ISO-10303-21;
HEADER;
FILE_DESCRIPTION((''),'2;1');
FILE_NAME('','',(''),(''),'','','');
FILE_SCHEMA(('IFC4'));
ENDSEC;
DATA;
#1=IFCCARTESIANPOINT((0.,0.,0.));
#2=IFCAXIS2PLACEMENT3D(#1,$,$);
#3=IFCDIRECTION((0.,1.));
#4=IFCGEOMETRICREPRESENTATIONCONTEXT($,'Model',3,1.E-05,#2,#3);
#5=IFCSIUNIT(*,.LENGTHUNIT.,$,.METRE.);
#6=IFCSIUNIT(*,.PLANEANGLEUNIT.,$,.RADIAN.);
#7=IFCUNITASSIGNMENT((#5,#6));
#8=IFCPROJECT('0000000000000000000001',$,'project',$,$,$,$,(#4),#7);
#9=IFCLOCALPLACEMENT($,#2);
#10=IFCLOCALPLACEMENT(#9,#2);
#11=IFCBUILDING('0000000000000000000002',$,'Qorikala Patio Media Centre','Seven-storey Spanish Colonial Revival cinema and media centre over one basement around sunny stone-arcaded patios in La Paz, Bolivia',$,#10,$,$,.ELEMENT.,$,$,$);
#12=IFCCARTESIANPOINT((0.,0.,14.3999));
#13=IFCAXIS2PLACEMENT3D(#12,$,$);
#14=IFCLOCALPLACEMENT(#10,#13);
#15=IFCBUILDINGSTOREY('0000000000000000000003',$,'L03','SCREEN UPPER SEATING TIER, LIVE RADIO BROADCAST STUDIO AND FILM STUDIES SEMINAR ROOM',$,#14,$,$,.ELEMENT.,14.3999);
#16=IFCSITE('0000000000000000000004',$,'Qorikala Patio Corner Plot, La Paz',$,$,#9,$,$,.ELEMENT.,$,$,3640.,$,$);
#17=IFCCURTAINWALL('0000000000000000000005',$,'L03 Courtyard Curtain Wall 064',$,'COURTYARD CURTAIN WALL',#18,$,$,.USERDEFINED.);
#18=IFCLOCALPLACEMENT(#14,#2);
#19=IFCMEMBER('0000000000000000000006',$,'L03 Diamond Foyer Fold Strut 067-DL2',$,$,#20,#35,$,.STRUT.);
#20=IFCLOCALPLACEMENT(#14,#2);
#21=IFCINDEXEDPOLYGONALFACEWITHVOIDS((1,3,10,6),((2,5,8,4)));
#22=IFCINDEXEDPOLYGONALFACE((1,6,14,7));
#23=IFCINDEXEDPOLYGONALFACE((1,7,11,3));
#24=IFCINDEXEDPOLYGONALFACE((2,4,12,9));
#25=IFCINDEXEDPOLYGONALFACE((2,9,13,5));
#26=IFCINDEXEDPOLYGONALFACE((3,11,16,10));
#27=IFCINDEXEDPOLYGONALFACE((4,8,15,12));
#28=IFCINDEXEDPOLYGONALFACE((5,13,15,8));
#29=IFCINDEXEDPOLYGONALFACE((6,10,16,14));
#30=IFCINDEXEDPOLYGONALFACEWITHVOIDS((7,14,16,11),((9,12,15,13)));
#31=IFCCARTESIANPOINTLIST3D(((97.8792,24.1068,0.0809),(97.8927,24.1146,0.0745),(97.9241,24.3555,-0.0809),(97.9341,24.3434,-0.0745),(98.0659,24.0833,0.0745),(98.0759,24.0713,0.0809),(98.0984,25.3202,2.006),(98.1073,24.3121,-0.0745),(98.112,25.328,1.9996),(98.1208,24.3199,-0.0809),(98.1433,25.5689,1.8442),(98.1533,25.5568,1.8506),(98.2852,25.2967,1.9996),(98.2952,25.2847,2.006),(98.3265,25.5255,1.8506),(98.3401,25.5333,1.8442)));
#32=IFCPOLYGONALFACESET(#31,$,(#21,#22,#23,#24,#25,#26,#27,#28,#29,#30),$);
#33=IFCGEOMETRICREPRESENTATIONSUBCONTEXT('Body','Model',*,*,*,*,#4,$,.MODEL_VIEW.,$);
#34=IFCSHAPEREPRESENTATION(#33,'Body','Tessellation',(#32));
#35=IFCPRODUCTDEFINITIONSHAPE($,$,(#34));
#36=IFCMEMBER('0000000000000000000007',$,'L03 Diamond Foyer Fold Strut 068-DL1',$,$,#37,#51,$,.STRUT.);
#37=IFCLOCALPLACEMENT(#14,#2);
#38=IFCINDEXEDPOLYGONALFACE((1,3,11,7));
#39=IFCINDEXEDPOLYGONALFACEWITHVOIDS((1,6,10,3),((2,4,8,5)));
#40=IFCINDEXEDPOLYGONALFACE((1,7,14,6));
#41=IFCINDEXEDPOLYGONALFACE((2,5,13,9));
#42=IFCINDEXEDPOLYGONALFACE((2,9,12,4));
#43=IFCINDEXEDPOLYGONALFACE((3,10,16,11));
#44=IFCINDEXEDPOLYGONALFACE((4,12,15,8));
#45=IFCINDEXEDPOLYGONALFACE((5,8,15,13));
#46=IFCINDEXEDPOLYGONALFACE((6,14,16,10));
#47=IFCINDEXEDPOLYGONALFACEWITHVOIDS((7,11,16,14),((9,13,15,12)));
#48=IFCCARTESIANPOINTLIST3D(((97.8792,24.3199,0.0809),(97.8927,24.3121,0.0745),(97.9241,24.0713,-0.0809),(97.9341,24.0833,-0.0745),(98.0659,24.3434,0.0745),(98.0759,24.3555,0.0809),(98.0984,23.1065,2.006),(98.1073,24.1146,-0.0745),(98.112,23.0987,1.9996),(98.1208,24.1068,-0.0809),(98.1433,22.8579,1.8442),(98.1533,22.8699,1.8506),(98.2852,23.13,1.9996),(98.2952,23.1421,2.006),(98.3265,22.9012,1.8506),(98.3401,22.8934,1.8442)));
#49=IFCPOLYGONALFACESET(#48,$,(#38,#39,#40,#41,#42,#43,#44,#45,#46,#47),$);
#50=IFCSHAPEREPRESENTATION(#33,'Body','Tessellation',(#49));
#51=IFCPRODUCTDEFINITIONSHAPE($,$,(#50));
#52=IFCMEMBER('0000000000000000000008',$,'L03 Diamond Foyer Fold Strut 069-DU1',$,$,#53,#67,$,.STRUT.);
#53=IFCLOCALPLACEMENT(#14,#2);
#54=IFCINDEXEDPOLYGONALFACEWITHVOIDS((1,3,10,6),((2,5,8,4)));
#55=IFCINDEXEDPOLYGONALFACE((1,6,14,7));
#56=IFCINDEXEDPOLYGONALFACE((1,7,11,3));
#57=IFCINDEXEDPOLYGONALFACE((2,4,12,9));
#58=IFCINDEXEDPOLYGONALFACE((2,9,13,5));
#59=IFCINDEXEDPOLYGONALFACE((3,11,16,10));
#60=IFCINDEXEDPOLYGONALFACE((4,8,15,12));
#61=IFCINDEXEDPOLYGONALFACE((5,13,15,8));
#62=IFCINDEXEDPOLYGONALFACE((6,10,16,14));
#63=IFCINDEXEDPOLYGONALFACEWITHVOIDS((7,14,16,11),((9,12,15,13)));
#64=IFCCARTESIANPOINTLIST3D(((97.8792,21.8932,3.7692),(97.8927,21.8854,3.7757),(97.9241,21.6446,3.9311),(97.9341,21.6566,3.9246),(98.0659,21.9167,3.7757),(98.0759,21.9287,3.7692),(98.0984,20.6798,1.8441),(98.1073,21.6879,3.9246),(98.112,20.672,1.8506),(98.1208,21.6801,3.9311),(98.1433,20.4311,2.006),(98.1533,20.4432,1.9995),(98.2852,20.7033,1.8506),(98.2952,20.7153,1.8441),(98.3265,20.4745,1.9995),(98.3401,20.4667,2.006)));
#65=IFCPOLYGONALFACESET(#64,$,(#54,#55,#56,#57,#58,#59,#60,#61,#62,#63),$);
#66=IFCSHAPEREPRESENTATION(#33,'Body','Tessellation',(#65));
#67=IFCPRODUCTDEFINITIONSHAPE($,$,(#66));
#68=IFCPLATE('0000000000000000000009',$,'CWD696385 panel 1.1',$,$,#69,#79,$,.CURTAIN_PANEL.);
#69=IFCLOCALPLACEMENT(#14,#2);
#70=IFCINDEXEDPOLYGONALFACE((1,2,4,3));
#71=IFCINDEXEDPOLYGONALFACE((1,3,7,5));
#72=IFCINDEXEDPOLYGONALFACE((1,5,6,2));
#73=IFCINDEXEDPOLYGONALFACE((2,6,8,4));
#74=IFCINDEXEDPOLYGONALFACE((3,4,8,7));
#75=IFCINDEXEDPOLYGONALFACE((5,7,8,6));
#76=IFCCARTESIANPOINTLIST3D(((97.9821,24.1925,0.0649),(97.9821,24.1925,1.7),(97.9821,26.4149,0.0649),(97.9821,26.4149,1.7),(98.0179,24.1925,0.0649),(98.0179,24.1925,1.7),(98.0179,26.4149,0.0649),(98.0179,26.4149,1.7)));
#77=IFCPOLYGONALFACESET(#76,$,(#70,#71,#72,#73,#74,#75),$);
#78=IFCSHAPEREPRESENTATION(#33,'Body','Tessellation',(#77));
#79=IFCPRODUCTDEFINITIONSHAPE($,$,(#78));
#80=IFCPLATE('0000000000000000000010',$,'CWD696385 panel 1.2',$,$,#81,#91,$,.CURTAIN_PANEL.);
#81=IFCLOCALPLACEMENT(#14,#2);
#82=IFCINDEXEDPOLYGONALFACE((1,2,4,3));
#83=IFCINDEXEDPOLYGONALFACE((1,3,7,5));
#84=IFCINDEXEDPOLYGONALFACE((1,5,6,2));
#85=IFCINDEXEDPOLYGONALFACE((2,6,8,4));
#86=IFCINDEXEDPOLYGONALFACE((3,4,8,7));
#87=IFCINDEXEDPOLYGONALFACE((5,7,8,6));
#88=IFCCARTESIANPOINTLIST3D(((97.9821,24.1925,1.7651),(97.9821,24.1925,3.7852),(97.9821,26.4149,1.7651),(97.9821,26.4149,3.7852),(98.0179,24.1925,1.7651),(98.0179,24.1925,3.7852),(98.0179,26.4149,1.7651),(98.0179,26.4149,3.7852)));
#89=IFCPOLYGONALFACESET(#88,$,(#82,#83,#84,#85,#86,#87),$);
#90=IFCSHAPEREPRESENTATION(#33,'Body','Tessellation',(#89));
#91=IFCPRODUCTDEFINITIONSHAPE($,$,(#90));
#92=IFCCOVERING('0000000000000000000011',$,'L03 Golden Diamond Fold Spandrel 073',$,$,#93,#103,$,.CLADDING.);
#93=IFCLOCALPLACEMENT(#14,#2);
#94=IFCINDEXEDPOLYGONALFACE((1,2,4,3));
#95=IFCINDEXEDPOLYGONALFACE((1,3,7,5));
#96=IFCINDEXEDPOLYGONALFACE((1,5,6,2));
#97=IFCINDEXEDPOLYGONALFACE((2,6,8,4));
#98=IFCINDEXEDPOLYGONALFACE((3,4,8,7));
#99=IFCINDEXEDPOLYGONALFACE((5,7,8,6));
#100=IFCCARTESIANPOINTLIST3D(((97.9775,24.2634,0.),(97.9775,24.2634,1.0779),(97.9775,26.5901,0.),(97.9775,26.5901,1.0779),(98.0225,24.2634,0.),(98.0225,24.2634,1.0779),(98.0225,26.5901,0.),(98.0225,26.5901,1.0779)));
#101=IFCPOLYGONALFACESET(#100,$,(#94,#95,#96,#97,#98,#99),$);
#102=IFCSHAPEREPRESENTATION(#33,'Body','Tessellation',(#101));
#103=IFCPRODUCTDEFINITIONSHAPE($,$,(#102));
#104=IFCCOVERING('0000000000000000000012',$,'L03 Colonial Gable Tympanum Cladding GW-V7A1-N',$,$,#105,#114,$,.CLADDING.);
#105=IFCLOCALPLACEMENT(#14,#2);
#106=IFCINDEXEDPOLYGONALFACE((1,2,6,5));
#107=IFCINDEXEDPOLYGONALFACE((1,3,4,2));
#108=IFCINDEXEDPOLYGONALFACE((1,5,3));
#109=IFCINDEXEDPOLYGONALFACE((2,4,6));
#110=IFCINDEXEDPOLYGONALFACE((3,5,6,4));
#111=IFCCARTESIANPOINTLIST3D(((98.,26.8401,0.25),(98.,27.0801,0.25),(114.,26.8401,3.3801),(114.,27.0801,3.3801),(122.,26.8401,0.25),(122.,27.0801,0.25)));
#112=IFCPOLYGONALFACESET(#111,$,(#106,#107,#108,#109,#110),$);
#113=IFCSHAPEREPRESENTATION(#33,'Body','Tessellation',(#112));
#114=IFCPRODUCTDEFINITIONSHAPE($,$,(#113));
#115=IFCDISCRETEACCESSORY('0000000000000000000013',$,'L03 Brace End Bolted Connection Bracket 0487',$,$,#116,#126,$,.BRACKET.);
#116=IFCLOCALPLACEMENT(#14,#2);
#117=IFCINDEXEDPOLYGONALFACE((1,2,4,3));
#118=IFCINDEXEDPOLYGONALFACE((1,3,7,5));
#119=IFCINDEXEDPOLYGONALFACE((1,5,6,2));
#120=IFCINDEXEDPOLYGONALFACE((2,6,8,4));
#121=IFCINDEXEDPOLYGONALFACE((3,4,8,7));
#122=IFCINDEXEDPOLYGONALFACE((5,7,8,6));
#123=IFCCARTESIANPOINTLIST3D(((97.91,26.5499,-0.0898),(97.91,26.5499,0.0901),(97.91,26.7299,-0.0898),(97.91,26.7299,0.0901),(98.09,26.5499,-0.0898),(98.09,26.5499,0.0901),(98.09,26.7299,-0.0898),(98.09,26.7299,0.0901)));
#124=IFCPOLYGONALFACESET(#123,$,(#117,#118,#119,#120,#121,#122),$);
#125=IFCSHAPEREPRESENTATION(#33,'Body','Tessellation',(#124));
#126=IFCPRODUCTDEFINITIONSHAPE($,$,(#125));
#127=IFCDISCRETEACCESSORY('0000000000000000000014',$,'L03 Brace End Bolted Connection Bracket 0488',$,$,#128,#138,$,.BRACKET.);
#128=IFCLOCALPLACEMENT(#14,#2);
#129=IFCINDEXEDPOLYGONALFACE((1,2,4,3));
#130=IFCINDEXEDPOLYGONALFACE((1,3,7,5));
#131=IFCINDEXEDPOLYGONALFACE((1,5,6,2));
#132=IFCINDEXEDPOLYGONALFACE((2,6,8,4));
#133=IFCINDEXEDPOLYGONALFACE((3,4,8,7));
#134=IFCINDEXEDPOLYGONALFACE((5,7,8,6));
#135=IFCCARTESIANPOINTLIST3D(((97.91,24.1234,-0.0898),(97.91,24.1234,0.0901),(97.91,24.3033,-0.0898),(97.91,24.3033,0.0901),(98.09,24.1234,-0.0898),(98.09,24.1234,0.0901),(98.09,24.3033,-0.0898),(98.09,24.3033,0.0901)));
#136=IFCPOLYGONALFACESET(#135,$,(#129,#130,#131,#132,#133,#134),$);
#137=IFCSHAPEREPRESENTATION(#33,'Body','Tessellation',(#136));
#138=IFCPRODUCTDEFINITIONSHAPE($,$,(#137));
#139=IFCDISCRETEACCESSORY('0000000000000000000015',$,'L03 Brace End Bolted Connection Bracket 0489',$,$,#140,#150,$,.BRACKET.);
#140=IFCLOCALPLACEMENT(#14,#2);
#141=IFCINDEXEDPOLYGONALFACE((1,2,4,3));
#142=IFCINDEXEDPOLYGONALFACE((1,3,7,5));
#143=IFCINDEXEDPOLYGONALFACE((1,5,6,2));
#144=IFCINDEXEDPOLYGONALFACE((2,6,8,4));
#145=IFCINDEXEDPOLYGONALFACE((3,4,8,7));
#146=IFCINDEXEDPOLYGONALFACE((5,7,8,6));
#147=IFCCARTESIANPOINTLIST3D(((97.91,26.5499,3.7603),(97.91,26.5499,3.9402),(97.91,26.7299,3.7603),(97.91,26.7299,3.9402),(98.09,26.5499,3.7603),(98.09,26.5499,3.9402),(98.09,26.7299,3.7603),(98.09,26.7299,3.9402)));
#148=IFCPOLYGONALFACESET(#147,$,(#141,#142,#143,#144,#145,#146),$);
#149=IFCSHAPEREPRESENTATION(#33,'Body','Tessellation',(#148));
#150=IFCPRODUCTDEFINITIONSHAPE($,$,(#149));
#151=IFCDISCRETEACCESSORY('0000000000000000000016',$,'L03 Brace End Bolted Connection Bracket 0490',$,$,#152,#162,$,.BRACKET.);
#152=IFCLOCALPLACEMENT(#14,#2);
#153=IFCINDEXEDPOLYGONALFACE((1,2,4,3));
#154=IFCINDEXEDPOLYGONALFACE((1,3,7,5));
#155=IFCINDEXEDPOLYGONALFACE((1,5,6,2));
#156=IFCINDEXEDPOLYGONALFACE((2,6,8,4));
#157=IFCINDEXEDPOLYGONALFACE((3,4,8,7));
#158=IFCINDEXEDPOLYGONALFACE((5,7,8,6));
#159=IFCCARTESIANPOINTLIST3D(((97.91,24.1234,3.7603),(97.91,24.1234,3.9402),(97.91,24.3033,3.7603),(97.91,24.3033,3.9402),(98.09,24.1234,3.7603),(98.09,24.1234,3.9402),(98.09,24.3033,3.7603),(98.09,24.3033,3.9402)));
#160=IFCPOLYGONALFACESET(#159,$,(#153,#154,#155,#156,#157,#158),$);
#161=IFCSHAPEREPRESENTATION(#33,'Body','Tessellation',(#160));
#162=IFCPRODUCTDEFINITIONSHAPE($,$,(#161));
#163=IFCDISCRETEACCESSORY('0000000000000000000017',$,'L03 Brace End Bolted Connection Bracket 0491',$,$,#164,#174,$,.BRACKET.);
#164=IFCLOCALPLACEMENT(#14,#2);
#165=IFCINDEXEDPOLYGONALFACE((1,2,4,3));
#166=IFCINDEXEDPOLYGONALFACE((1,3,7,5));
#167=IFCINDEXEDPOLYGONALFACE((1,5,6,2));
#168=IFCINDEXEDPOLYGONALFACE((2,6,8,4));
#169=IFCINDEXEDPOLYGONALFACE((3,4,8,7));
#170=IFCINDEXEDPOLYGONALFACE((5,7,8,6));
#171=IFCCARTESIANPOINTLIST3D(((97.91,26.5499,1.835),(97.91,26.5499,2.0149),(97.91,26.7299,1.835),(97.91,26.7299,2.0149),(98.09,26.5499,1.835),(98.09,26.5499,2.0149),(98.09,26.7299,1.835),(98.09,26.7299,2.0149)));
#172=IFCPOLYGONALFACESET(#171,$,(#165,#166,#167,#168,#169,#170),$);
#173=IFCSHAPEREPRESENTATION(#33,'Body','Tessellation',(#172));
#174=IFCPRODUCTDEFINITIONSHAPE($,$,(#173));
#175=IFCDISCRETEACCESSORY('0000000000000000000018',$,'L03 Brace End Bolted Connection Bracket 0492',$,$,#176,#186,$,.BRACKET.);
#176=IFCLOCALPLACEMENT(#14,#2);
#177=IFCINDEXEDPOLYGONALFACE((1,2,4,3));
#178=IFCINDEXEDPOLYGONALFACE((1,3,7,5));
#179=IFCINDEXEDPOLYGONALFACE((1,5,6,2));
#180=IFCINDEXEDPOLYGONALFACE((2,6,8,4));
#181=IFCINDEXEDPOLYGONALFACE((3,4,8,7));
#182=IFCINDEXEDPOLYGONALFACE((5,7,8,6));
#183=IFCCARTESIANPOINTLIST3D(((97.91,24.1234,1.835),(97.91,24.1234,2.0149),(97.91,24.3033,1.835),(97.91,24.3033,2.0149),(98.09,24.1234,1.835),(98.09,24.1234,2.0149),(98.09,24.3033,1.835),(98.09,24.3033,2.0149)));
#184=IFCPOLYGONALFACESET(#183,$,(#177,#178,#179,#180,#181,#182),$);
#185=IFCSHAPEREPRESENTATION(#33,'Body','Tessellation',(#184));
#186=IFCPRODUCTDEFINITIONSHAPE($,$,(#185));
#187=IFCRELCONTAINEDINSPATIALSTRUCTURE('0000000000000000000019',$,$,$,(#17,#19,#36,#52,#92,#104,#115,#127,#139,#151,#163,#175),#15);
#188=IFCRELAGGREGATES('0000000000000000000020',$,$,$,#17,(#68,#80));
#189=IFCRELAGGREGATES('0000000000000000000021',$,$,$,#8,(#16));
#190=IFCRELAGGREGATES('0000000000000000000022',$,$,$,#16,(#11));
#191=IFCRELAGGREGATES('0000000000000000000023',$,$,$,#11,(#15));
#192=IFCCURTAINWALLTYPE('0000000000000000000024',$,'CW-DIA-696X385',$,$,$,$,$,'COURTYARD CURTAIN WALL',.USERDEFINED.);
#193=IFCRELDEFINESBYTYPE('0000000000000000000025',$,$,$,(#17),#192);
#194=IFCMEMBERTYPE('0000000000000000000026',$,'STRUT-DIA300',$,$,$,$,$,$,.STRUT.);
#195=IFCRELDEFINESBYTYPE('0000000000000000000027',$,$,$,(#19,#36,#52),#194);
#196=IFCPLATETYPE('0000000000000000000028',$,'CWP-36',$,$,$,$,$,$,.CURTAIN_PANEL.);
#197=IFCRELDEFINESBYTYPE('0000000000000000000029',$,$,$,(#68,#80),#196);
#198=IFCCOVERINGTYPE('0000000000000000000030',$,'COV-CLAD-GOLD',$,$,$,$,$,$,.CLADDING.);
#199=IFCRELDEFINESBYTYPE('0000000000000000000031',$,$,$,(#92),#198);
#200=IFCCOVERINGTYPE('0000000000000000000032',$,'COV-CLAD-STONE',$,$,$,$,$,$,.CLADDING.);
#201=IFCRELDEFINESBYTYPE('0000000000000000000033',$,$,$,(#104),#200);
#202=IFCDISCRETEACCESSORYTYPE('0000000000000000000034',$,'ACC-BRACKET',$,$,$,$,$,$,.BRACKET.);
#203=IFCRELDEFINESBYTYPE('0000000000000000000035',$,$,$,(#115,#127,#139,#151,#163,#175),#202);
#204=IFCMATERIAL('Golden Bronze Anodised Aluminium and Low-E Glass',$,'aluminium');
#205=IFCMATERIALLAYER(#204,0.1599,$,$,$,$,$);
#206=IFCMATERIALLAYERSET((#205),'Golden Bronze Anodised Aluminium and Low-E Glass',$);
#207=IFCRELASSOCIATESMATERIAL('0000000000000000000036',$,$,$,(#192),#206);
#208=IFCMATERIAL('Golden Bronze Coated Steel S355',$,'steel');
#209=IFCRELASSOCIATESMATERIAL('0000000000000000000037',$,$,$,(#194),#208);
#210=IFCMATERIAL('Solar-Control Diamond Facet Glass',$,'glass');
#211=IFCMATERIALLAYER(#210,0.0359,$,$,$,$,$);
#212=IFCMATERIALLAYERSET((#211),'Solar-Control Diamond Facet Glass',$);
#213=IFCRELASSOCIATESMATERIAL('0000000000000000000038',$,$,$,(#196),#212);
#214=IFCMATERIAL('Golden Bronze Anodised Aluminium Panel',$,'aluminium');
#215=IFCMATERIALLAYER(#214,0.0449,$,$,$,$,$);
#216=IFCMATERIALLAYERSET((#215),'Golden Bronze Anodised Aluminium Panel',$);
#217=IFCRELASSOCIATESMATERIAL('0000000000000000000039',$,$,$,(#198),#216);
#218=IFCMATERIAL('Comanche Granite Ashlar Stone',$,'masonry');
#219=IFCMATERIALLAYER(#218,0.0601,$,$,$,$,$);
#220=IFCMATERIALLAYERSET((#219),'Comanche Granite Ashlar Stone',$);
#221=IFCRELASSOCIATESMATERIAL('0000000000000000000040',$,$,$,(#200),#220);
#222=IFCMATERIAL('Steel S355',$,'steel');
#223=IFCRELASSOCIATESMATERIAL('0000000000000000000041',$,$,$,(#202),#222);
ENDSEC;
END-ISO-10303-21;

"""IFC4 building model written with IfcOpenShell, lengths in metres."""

from ifc_helpers import new_model, si_unit, direction, frame, origin, origin_2d, place, context, subcontext, project, spatial, polyline, rectangle, hollow_rectangle, outline, extrude, material, layer, layer_set, material_profile, profile_set, type_object, element, aggregate, save


model = new_model("IFC4")

# Units and contexts
model_context = context("Model", 3, precision=1e-05, world=origin(), true_north=direction((0.0, 1.0)))
body_context = subcontext(model_context, "Body", "Model", "MODEL_VIEW")
ifc_project = project(units=[si_unit("LENGTHUNIT", "METRE"), si_unit("PLANEANGLEUNIT", "RADIAN")], contexts=[model_context])

# Site, building, storey
site_placement = place(None, origin())
site = spatial("IfcSite", under=ifc_project, at=site_placement, Name="Qorikala Patio Corner Plot, La Paz", CompositionType="ELEMENT", RefElevation=3640.0)
building_placement = place(site_placement, origin())
building = spatial("IfcBuilding", under=site, at=building_placement, Name="Qorikala Patio Media Centre", Description="Seven-storey Spanish Colonial Revival cinema and media centre over one basement around sunny stone-arcaded patios in La Paz, Bolivia", CompositionType="ELEMENT")
storey_placement = place(building_placement, frame((0.0, 0.0, 14.3999)))
storey = spatial("IfcBuildingStorey", under=building, at=storey_placement, Name="L03", Description="SCREEN UPPER SEATING TIER, LIVE RADIO BROADCAST STUDIO AND FILM STUDIES SEMINAR ROOM", CompositionType="ELEMENT", Elevation=14.3999)

# Shared definitions
ifc_material_1 = material(Name="Golden Bronze Coated Steel S355", Category="steel")

# Curtain wall
ifc_material_2 = material(Name="Golden Bronze Anodised Aluminium and Low-E Glass", Category="aluminium")
ifc_layer_1 = layer(ifc_material_2, 0.1599)
ifc_layer_set_1 = layer_set([ifc_layer_1], Name="Golden Bronze Anodised Aluminium and Low-E Glass")
curtain_wall_type = type_object("IfcCurtainWallType", Name="CW-DIA-696X385", ElementType="COURTYARD CURTAIN WALL", PredefinedType="USERDEFINED", material=ifc_layer_set_1)
curtain_wall_placement = place(storey_placement, origin())
curtain_wall = element("IfcCurtainWall", 1, at=curtain_wall_placement, inside=storey, type_object=curtain_wall_type, Name="L03 Courtyard Curtain Wall 064", ObjectType="COURTYARD CURTAIN WALL", PredefinedType="USERDEFINED")

# Members
ifc_material_3 = material(Name="Steel S355", Category="steel")
ifc_material_profile_1 = material_profile(ifc_material_1, hollow_rectangle(XDim=0.2, YDim=0.3, WallThickness=0.012, at=origin_2d()), Name="HSS300X200X12")
ifc_profile_set_1 = profile_set([ifc_material_profile_1], Name="Golden Bronze Coated Steel S355")
member_type_1 = type_object("IfcMemberType", Name="STRUT-DIA300", PredefinedType="STRUT", material=ifc_profile_set_1)
for number, where, z_axis, x_axis, name in (
    (2, (98.0, 24.2134, 0.0), (0.095901, 0.530768, 0.842074), (-0.984066, 0.177805, 0.0), "L03 Diamond Foyer Fold Strut 067-DL2"),
    (3, (98.0, 24.2134, 0.0), (0.095901, -0.530768, 0.842074), (0.984066, 0.177805, 0.0), "L03 Diamond Foyer Fold Strut 068-DL1"),
    (4, (98.2192, 20.5732, 1.925), (-0.095901, 0.530768, 0.842074), (-0.984066, -0.177805, 0.0), "L03 Diamond Foyer Fold Strut 069-DU1"),
):
    element("IfcMember", number, at=place(storey_placement, frame(where, z_axis=z_axis, x_axis=x_axis)), inside=storey, type_object=member_type_1, Name=name, PredefinedType="STRUT", context=body_context, shape_type="SweptSolid", body=[
        extrude(hollow_rectangle(XDim=0.2, YDim=0.3, WallThickness=0.012, at=origin_2d()), origin(), (0.0, 0.0, 1.0), 2.2861),
    ])

# Plates
ifc_material_4 = material(Name="Solar-Control Diamond Facet Glass", Category="glass")
ifc_layer_2 = layer(ifc_material_4, 0.0359)
ifc_layer_set_2 = layer_set([ifc_layer_2], Name="Solar-Control Diamond Facet Glass")
plate_type = type_object("IfcPlateType", Name="CWP-36", PredefinedType="CURTAIN_PANEL", material=ifc_layer_set_2)
plate_1_placement = place(storey_placement, frame((98.0, 25.3037, 0.0649), z_axis=(0.0, 0.0, 1.0), x_axis=(0.0, -1.0, 0.0)))
plate_1 = element("IfcPlate", 5, at=plate_1_placement, type_object=plate_type, Name="CWD696385 panel 1.1", PredefinedType="CURTAIN_PANEL", context=body_context, shape_type="SweptSolid", body=[
    extrude(rectangle(XDim=2.2224, YDim=0.0359, at=origin_2d()), origin(), (0.0, 0.0, 1.0), 1.635),
])
plate_2_placement = place(storey_placement, frame((98.0, 25.3037, 1.7651), z_axis=(0.0, 0.0, 1.0), x_axis=(0.0, -1.0, 0.0)))
plate_2 = element("IfcPlate", 6, at=plate_2_placement, type_object=plate_type, Name="CWD696385 panel 1.2", PredefinedType="CURTAIN_PANEL", context=body_context, shape_type="SweptSolid", body=[
    extrude(rectangle(XDim=2.2224, YDim=0.0359, at=origin_2d()), origin(), (0.0, 0.0, 1.0), 2.02),
])
aggregate(curtain_wall, [plate_1, plate_2])

# Coverings
ifc_material_5 = material(Name="Golden Bronze Anodised Aluminium Panel", Category="aluminium")
ifc_layer_3 = layer(ifc_material_5, 0.0449)
ifc_layer_set_3 = layer_set([ifc_layer_3], Name="Golden Bronze Anodised Aluminium Panel")
covering_type_1 = type_object("IfcCoveringType", Name="COV-CLAD-GOLD", PredefinedType="CLADDING", material=ifc_layer_set_3)
covering_1_placement = place(storey_placement, frame((98.0, 25.4268, 0.0), z_axis=(0.0, 0.0, 1.0), x_axis=(0.0, -1.0, 0.0)))
element("IfcCovering", 7, at=covering_1_placement, inside=storey, type_object=covering_type_1, Name="L03 Golden Diamond Fold Spandrel 073", PredefinedType="CLADDING", context=body_context, shape_type="SweptSolid", body=[
    extrude(rectangle(XDim=2.3267, YDim=0.0449, at=origin_2d()), origin(), (0.0, 0.0, 1.0), 1.0779),
])
ifc_material_6 = material(Name="Comanche Granite Ashlar Stone", Category="masonry")
ifc_layer_4 = layer(ifc_material_6, 0.0601)
ifc_layer_set_4 = layer_set([ifc_layer_4], Name="Comanche Granite Ashlar Stone")
covering_type_2 = type_object("IfcCoveringType", Name="COV-CLAD-STONE", PredefinedType="CLADDING", material=ifc_layer_set_4)
covering_2_placement = place(storey_placement, frame((98.0, 26.8401, 0.25), z_axis=(0.0, -1.0, 0.0), x_axis=(1.0, 0.0, 0.0)))
element("IfcCovering", 8, at=covering_2_placement, inside=storey, type_object=covering_type_2, Name="L03 Colonial Gable Tympanum Cladding GW-V7A1-N", PredefinedType="CLADDING", context=body_context, shape_type="SweptSolid", body=[
    extrude(outline(polyline([(0.0, 0.0), (24.0, 0.0), (16.0, 3.1301), (0.0, 0.0)])), origin(), (0.0, 0.0, -1.0), 0.24),
])

# Discrete accessories
discrete_accessory_type = type_object("IfcDiscreteAccessoryType", Name="ACC-BRACKET", PredefinedType="BRACKET", material=ifc_material_3)
for number, where, z_axis, x_axis, name in (
    (9, (98.0, 26.6399, -0.0898), (0.0, 0.0, 1.0), (1.0, 0.0, 0.0), "L03 Brace End Bolted Connection Bracket 0487"),
    (10, (98.0, 24.2134, -0.0898), (0.0, 0.0, 1.0), (1.0, 0.0, 0.0), "L03 Brace End Bolted Connection Bracket 0488"),
    (11, (98.0, 26.6399, 3.7603), (0.0, 0.0, 1.0), (1.0, 0.0, 0.0), "L03 Brace End Bolted Connection Bracket 0489"),
    (12, (98.0, 24.2134, 3.7603), (0.0, 0.0, 1.0), (1.0, 0.0, 0.0), "L03 Brace End Bolted Connection Bracket 0490"),
    (13, (98.0, 26.6399, 1.835), (0.0, 0.0, 1.0), (1.0, 0.0, 0.0), "L03 Brace End Bolted Connection Bracket 0491"),
    (14, (98.0, 24.2134, 1.835), (0.0, 0.0, 1.0), (1.0, 0.0, 0.0), "L03 Brace End Bolted Connection Bracket 0492"),
):
    element("IfcDiscreteAccessory", number, at=place(storey_placement, frame(where, z_axis=z_axis, x_axis=x_axis)), inside=storey, type_object=discrete_accessory_type, Name=name, PredefinedType="BRACKET", context=body_context, shape_type="SweptSolid", body=[
        extrude(rectangle(XDim=0.1799, YDim=0.1799, at=origin_2d()), origin(), (0.0, 0.0, 1.0), 0.1799),
    ])

save(model, "model.ifc")
